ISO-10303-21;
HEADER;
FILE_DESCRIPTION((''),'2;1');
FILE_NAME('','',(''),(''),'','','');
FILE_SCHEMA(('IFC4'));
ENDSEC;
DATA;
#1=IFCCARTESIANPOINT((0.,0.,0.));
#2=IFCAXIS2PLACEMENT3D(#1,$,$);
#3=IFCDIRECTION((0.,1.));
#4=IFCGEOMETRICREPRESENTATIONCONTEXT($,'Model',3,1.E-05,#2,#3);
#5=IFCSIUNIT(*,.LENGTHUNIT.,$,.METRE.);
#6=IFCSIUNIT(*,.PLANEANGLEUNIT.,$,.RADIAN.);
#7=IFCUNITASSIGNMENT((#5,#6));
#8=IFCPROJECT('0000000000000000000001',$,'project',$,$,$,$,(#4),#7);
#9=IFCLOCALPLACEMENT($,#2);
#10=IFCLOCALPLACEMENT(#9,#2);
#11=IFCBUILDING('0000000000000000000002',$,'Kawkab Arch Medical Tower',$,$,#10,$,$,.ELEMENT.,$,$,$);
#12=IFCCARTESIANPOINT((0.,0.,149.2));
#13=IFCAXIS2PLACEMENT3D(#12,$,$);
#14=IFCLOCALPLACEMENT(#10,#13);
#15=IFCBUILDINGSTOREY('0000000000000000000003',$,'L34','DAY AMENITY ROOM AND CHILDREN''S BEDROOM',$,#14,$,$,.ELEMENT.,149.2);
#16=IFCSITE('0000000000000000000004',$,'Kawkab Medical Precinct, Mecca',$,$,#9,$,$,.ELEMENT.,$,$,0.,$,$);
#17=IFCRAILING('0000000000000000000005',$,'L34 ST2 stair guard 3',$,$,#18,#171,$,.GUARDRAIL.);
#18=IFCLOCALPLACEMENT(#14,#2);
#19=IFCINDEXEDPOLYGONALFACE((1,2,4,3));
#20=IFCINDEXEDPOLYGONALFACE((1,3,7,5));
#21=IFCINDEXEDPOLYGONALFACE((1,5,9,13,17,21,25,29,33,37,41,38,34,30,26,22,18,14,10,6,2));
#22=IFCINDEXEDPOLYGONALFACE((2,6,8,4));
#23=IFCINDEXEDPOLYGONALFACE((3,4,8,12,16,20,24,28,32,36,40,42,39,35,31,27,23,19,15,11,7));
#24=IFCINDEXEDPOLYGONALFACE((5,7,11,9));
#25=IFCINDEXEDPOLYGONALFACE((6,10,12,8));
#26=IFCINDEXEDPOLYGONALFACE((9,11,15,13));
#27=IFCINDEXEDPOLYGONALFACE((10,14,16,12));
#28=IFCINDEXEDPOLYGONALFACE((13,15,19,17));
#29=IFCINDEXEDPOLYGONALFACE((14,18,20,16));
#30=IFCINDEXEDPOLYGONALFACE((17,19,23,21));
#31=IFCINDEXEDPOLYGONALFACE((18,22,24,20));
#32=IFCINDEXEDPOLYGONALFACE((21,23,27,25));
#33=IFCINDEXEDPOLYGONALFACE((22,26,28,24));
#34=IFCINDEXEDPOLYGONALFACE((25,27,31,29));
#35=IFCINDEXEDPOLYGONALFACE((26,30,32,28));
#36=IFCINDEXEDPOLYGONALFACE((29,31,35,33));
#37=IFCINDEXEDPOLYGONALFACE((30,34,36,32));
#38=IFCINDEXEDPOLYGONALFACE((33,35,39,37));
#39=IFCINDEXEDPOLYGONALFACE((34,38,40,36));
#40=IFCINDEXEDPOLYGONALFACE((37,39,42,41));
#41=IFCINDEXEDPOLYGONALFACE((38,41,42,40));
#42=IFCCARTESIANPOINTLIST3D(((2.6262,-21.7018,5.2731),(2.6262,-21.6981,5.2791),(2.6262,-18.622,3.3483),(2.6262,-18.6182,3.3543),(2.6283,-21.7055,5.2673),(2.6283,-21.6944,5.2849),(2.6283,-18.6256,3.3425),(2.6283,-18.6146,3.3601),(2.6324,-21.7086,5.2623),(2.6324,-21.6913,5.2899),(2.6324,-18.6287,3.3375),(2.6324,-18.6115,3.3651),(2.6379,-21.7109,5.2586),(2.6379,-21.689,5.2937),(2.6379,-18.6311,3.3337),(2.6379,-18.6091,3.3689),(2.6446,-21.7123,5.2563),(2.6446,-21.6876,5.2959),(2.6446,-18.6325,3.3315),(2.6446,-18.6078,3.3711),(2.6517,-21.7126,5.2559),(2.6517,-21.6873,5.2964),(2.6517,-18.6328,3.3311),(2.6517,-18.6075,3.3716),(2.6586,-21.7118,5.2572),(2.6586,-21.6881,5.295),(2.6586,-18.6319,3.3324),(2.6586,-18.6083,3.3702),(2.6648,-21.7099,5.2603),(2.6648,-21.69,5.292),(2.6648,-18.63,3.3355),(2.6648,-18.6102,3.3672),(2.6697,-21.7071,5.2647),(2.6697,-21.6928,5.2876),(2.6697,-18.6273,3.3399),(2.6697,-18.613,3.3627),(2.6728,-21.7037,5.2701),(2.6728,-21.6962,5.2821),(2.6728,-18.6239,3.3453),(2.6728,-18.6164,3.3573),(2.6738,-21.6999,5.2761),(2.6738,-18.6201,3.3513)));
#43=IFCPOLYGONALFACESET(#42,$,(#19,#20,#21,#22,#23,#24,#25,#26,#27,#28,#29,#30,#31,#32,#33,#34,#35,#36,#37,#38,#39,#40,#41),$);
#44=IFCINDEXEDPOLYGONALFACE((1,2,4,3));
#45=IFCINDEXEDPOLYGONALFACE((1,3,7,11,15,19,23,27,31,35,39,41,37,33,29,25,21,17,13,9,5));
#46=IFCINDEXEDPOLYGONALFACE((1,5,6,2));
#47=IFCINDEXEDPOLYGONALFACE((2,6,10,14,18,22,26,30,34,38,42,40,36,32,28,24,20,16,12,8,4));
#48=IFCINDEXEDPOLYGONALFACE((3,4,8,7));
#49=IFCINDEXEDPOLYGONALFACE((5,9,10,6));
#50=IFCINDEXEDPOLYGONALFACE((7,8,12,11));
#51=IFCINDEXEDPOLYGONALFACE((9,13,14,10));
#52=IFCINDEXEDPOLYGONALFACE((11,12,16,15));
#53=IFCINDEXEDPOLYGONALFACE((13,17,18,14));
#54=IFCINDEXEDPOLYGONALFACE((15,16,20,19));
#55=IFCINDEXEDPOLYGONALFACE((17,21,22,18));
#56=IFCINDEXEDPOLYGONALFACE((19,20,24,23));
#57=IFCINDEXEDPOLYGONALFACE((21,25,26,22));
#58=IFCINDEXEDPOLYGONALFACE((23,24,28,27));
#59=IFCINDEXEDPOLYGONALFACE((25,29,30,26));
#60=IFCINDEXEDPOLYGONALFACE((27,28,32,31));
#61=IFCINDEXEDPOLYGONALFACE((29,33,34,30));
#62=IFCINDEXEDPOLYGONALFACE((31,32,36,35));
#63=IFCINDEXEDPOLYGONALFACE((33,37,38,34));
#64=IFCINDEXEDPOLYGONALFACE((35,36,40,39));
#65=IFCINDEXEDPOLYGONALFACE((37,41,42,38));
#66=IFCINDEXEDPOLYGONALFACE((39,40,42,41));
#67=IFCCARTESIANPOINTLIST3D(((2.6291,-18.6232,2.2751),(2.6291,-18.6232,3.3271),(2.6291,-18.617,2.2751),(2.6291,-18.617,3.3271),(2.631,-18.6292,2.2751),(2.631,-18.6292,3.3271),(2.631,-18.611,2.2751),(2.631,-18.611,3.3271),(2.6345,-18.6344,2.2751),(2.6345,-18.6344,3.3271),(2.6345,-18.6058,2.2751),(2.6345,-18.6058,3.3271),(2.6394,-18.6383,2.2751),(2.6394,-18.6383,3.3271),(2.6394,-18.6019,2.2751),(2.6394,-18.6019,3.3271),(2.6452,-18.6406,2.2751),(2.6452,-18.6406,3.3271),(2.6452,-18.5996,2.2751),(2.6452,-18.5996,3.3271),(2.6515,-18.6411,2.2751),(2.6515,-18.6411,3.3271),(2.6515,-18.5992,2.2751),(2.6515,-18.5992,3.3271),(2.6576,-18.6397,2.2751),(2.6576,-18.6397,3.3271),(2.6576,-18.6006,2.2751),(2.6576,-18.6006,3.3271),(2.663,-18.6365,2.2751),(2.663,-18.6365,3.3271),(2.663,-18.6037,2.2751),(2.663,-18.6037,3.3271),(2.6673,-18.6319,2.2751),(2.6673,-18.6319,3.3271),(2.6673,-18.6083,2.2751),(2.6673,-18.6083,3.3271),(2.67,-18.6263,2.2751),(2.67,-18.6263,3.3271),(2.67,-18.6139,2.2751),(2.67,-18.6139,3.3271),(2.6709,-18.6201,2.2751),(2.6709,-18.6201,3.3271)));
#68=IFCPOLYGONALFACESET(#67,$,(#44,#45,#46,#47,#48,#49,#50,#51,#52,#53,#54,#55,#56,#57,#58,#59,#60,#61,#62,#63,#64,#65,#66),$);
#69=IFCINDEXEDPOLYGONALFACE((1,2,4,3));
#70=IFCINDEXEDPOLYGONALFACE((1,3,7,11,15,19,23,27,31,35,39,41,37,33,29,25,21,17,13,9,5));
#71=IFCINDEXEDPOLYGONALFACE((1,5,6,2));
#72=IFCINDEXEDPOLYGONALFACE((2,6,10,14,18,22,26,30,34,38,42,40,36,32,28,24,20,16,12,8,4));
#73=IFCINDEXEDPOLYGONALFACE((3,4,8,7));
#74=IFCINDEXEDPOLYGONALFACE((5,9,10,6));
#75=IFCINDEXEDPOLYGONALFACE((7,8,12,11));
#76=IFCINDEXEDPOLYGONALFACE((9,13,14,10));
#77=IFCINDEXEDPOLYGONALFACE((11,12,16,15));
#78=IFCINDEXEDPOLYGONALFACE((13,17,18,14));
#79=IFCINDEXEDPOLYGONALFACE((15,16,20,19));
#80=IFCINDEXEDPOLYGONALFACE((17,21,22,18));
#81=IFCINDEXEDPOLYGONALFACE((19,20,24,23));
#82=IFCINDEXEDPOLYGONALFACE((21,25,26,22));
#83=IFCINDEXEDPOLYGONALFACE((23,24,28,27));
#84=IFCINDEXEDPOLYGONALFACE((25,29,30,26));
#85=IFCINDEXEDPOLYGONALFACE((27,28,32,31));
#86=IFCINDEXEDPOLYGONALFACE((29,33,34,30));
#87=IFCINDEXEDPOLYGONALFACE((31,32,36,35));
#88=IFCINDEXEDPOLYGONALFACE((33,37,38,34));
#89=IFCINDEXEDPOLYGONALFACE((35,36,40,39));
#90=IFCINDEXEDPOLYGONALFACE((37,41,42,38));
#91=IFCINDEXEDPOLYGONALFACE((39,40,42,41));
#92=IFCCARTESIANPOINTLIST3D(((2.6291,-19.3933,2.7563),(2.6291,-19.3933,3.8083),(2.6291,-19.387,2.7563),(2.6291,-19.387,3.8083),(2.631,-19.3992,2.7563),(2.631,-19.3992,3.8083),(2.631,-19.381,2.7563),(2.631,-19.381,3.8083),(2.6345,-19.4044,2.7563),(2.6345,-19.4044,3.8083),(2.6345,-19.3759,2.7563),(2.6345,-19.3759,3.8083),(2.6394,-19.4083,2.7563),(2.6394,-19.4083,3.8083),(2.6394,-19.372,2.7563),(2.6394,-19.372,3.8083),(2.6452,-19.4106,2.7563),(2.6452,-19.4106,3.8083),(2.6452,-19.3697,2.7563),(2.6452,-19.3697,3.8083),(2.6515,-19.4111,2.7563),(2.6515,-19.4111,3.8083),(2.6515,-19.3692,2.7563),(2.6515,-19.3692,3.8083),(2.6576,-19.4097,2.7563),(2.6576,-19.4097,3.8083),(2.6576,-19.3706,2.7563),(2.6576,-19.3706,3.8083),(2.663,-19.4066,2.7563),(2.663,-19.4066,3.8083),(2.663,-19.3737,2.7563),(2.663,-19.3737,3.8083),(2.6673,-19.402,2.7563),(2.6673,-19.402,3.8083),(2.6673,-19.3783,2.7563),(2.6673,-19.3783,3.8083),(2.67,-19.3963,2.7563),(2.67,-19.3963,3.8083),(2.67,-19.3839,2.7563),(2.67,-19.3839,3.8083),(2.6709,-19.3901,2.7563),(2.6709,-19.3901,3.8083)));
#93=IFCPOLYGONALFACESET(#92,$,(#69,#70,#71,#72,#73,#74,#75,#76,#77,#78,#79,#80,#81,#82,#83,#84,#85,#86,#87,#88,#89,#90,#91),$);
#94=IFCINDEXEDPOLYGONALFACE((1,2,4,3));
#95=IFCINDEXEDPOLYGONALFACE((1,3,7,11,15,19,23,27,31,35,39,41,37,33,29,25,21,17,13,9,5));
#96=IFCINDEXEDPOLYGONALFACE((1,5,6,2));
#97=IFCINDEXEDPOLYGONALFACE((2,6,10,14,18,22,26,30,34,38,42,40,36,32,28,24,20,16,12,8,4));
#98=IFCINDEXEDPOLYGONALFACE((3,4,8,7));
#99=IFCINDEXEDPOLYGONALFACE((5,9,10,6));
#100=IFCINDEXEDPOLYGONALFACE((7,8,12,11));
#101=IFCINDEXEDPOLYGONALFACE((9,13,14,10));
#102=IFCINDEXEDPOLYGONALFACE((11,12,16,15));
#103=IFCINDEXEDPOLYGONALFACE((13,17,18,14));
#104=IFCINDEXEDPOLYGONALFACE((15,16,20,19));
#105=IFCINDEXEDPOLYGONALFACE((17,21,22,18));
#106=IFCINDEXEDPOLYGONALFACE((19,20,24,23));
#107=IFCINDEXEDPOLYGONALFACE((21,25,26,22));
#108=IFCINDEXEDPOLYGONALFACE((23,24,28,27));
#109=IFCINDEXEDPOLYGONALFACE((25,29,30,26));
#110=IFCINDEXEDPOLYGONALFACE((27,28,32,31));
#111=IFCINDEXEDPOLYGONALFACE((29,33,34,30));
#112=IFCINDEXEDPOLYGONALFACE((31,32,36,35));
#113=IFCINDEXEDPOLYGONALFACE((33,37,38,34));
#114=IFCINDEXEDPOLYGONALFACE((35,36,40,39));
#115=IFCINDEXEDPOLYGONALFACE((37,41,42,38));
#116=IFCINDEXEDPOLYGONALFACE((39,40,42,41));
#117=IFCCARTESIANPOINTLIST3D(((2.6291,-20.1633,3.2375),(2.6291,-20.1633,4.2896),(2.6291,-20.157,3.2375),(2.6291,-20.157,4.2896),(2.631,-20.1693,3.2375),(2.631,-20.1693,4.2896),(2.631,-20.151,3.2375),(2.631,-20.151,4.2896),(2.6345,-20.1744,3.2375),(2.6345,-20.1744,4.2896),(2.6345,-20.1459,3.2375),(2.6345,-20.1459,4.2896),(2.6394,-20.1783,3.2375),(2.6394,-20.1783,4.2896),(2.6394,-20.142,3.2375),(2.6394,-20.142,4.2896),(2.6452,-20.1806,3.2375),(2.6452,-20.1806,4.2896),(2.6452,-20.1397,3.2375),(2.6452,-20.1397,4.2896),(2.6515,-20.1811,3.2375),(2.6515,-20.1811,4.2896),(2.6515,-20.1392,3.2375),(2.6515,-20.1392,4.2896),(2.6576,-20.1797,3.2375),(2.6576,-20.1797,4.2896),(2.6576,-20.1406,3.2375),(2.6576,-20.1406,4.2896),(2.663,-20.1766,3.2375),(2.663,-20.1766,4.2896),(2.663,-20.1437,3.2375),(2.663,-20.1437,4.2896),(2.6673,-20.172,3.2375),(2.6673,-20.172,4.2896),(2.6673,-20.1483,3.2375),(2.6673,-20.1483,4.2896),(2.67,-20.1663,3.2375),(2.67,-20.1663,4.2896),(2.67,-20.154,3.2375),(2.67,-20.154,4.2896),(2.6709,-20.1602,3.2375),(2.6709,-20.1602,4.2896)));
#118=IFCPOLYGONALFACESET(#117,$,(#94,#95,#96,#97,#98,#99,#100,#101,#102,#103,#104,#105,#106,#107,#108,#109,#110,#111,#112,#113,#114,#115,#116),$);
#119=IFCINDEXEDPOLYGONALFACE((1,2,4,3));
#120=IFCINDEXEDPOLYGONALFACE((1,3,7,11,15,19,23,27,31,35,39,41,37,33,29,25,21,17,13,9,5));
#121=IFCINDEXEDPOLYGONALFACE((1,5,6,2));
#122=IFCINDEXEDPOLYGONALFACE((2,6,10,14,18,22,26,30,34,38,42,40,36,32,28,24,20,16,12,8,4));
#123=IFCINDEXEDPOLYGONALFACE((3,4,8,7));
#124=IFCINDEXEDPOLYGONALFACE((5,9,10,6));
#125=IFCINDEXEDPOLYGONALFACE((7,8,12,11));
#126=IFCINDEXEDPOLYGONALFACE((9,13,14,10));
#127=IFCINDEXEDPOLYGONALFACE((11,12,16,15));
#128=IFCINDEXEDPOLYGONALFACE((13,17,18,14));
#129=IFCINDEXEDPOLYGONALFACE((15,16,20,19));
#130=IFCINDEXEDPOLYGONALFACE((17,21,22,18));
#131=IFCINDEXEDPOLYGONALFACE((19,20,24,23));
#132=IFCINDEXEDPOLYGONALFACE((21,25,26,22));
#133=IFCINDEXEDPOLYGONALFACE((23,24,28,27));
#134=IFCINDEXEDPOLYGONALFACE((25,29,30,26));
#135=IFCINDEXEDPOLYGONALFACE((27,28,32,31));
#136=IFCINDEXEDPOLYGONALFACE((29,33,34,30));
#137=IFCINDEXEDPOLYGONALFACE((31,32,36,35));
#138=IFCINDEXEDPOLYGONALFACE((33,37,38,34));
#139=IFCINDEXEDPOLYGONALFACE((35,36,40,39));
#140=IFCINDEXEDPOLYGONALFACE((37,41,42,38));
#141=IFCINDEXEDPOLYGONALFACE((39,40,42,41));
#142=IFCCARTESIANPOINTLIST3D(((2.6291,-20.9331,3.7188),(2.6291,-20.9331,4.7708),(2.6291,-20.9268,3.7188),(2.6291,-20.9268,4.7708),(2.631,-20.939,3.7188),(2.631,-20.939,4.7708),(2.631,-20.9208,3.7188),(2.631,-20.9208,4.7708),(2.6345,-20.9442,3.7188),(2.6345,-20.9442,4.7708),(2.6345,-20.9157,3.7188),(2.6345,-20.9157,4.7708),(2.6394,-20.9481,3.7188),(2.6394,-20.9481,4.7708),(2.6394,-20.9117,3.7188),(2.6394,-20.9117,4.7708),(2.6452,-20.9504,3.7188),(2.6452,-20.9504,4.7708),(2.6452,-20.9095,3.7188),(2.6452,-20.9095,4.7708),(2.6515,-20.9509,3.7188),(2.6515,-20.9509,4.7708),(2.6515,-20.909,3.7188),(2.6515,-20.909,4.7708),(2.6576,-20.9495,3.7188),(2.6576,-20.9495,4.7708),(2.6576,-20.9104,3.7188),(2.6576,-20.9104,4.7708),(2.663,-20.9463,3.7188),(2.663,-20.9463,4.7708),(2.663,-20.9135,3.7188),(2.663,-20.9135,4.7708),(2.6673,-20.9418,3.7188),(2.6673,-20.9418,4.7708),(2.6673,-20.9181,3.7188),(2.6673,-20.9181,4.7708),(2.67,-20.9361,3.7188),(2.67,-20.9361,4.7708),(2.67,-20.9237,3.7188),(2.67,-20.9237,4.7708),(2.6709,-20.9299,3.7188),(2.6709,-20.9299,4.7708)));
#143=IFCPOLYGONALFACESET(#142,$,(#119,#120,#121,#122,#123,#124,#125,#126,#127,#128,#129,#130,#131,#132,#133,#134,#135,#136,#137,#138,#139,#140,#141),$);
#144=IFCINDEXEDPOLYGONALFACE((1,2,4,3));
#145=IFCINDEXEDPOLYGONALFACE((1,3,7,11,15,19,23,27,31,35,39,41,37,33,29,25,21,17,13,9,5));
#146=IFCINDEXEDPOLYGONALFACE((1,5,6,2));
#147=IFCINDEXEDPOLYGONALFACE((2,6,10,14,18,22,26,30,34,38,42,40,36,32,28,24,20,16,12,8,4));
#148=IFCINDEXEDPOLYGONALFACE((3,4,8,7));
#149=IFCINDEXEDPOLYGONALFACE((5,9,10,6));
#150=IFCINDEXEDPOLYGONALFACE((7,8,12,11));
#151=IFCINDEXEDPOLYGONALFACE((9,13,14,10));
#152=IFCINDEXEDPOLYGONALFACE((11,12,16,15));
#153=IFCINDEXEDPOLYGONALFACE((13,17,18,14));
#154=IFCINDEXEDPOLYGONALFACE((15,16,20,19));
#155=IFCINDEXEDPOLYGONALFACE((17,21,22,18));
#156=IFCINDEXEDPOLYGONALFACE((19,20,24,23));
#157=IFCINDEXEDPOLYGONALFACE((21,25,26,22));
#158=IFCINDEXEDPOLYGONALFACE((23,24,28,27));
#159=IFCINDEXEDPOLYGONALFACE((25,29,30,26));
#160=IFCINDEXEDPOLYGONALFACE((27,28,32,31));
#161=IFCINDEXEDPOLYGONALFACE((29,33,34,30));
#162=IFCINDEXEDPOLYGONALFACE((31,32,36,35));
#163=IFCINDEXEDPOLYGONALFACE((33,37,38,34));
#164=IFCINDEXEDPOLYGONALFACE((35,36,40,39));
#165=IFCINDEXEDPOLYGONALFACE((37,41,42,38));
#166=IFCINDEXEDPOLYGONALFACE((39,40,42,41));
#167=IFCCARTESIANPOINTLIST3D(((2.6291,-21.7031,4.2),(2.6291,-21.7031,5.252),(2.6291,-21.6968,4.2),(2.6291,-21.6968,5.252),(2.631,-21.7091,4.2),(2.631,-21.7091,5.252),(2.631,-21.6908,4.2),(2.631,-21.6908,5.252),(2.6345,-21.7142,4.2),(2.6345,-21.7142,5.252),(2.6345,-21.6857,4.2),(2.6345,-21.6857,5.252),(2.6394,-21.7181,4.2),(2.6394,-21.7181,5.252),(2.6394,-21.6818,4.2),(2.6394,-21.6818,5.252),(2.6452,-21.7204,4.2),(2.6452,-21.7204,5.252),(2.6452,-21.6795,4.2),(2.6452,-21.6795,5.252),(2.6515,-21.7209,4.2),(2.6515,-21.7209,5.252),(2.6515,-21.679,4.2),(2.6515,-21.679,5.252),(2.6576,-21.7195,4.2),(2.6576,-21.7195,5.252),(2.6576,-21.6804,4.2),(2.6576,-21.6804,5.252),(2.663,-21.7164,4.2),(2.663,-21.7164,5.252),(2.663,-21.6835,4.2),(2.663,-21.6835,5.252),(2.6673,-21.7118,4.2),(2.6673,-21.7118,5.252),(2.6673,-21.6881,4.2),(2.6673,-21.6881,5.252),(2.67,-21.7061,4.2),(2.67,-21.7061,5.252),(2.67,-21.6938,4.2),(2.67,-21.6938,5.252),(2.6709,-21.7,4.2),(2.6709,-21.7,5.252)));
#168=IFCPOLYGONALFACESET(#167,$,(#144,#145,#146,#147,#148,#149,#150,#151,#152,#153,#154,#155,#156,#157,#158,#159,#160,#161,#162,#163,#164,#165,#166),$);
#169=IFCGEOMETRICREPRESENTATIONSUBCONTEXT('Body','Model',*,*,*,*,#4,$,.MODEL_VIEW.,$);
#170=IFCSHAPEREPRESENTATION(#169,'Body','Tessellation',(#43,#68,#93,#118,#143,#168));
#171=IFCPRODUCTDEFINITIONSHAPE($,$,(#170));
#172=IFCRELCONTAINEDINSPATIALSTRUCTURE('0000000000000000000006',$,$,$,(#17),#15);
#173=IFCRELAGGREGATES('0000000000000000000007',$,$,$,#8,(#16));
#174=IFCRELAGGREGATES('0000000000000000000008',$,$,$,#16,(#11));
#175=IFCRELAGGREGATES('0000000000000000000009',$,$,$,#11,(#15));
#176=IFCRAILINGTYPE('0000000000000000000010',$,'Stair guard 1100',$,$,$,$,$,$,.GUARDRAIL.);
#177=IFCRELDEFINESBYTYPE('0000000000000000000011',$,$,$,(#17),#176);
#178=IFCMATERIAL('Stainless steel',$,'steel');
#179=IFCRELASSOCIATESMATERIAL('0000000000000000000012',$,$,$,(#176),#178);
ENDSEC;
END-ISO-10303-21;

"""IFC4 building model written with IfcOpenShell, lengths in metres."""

from ifc_helpers import new_model, si_unit, direction, frame, origin, origin_2d, place, context, subcontext, project, spatial, circle, extrude, material, type_object, element, save


model = new_model("IFC4")

# Units and contexts
model_context = context("Model", 3, precision=1e-05, world=origin(), true_north=direction((0.0, 1.0)))
body_context = subcontext(model_context, "Body", "Model", "MODEL_VIEW")
ifc_project = project(units=[si_unit("LENGTHUNIT", "METRE"), si_unit("PLANEANGLEUNIT", "RADIAN")], contexts=[model_context])

# Site, building, storey
site_placement = place(None, origin())
site = spatial("IfcSite", under=ifc_project, at=site_placement, Name="Kawkab Medical Precinct, Mecca", CompositionType="ELEMENT", RefElevation=0.0)
building_placement = place(site_placement, origin())
building = spatial("IfcBuilding", under=site, at=building_placement, Name="Kawkab Arch Medical Tower", CompositionType="ELEMENT")
storey_placement = place(building_placement, frame((0.0, 0.0, 149.2)))
storey = spatial("IfcBuildingStorey", under=building, at=storey_placement, Name="L34", Description="DAY AMENITY ROOM AND CHILDREN'S BEDROOM", CompositionType="ELEMENT", Elevation=149.2)

# Railing
ifc_material_1 = material(Name="Stainless steel", Category="steel")
railing_type = type_object("IfcRailingType", Name="Stair guard 1100", PredefinedType="GUARDRAIL", material=ifc_material_1)
railing_1_placement = place(storey_placement, frame((2.6499, -18.6201, 2.2751)))
element("IfcRailing", 1, at=railing_1_placement, inside=storey, type_object=railing_type, Name="L34 ST2 stair guard 3", PredefinedType="GUARDRAIL", context=body_context, shape_type="SweptSolid", body=[
    extrude(circle(Radius=0.0239, at=origin_2d()), frame((0.0, 0.0, 1.0762), z_axis=(0.0, -0.84801, 0.529981), x_axis=(1.0, 0.0, 0.0)), (0.0, 0.0, 1.0), 3.6318),
    extrude(circle(Radius=0.021, at=origin_2d()), origin(), (0.0, 0.0, 1.0), 1.052),
    extrude(circle(Radius=0.021, at=origin_2d()), frame((0.0, -0.77, 0.4812)), (0.0, 0.0, 1.0), 1.052),
    extrude(circle(Radius=0.021, at=origin_2d()), frame((0.0, -1.54, 0.9624)), (0.0, 0.0, 1.0), 1.052),
    extrude(circle(Radius=0.021, at=origin_2d()), frame((0.0, -2.3098, 1.4436)), (0.0, 0.0, 1.0), 1.052),
    extrude(circle(Radius=0.021, at=origin_2d()), frame((0.0, -3.0798, 1.9248)), (0.0, 0.0, 1.0), 1.052),
])

save(model, "model.ifc")
